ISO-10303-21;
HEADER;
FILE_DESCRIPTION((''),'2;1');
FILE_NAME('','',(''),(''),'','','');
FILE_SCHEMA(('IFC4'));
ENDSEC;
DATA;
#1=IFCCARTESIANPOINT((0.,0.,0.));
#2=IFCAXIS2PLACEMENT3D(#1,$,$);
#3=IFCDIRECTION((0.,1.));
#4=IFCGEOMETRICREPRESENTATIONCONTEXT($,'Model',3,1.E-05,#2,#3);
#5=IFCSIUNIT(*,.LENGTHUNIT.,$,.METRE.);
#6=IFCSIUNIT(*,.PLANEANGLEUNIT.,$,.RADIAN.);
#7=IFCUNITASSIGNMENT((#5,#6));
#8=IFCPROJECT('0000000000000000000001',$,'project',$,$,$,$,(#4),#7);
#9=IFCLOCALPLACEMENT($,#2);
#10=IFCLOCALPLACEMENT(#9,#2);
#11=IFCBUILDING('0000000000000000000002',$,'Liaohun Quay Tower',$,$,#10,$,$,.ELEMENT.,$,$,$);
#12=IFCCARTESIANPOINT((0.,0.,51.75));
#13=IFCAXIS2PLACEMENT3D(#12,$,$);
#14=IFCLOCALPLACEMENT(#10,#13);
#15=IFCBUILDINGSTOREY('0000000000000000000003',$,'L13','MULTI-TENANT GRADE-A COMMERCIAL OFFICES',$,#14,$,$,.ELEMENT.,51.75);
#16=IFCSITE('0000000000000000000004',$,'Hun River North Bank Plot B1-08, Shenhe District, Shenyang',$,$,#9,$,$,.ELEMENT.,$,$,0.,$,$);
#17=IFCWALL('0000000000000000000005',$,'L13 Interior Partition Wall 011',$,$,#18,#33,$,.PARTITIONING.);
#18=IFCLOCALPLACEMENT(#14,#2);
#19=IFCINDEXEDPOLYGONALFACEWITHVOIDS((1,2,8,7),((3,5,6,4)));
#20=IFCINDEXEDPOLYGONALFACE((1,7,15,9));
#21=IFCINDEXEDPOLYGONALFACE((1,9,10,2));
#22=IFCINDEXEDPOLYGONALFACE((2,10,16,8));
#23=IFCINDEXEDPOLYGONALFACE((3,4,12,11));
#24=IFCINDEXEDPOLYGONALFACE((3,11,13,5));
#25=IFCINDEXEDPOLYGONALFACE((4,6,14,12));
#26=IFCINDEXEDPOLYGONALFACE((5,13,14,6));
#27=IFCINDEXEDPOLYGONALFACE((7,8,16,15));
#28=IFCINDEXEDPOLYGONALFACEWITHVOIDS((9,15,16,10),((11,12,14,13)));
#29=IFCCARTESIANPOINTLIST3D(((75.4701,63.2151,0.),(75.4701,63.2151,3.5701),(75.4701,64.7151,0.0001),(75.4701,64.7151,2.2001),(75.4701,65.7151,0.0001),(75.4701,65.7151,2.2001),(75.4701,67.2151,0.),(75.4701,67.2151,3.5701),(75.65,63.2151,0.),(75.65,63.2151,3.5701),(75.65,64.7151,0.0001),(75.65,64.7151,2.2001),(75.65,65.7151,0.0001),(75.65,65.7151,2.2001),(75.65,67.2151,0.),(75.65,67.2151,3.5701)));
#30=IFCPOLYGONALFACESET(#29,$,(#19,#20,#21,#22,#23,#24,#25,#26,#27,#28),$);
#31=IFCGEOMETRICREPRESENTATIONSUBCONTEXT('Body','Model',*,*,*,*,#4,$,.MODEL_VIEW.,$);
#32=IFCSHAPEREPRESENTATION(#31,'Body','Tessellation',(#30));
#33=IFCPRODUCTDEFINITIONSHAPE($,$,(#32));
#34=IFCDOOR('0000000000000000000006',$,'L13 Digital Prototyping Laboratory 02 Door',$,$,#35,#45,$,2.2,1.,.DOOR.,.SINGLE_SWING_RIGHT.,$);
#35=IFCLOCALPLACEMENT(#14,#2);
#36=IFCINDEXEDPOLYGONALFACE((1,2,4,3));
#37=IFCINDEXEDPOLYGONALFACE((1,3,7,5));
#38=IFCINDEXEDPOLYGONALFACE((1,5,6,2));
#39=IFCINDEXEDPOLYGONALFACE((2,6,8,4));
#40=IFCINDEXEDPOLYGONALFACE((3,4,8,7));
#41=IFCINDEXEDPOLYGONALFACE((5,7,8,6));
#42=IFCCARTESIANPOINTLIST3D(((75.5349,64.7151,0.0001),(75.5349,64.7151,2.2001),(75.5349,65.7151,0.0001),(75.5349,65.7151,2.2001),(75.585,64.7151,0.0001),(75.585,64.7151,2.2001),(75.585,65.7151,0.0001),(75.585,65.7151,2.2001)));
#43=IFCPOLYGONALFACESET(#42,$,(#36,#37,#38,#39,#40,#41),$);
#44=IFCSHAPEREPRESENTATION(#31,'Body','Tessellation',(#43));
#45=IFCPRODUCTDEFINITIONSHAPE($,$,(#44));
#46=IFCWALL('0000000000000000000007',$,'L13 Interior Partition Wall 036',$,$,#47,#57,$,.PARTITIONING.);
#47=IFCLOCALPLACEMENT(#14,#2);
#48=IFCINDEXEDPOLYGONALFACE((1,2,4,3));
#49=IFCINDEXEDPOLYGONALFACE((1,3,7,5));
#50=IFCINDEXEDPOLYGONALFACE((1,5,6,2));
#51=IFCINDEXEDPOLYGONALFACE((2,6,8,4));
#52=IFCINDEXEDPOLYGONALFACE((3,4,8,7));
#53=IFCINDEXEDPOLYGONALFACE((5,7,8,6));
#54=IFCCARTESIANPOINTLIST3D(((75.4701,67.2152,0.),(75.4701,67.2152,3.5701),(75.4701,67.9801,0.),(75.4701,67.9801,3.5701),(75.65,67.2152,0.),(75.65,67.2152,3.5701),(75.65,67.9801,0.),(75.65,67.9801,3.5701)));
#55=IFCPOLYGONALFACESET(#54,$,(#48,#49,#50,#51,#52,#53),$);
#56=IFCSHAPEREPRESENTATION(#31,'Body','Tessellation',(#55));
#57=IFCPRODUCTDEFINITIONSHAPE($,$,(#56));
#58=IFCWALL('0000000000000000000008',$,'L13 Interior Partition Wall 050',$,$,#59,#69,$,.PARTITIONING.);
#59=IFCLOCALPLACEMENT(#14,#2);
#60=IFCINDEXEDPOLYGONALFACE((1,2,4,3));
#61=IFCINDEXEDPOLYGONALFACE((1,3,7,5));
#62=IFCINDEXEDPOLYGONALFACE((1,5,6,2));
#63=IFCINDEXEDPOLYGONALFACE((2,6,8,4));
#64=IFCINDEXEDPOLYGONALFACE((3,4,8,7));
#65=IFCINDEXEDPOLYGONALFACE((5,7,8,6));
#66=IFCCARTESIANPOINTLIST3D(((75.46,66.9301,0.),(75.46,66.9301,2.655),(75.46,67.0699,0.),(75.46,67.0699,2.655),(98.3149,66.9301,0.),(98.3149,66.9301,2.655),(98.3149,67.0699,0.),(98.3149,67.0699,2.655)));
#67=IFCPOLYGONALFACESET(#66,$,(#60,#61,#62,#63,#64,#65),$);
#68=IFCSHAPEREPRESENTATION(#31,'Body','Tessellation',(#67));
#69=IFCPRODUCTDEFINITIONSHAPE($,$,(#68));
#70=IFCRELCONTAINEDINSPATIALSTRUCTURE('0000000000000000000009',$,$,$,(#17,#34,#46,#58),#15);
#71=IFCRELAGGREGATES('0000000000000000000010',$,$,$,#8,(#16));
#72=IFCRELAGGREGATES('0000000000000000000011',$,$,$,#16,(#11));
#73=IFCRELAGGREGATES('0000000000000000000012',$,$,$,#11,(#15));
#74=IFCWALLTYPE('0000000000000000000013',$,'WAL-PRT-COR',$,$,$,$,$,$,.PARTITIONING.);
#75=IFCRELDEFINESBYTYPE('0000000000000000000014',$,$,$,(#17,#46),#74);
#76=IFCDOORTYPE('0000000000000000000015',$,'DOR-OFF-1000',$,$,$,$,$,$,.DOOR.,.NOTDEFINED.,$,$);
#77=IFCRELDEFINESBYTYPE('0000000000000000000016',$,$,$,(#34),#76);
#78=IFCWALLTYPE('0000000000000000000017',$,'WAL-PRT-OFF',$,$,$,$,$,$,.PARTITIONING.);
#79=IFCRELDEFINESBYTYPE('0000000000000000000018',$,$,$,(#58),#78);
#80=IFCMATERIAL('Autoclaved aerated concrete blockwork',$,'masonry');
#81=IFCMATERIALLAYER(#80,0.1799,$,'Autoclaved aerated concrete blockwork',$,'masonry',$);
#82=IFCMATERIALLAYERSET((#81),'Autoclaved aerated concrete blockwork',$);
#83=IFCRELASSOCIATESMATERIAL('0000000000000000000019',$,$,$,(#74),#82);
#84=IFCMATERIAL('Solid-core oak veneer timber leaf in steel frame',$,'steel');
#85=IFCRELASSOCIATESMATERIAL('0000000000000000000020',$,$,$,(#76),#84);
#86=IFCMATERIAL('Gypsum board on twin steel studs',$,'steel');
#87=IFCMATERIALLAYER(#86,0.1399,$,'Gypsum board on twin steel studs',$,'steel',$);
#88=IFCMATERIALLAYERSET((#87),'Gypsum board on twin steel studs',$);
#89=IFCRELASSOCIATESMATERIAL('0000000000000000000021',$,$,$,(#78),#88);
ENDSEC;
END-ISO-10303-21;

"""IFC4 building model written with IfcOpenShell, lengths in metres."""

from ifc_helpers import new_model, si_unit, direction, frame, frame_2d, origin, place, context, subcontext, project, spatial, rectangle, extrude, source, transform, mapped, material, layer, layer_set, type_object, element, fill, save


model = new_model("IFC4")

# Units and contexts
model_context = context("Model", 3, precision=1e-05, world=origin(), true_north=direction((0.0, 1.0)))
body_context = subcontext(model_context, "Body", "Model", "MODEL_VIEW")
ifc_project = project(units=[si_unit("LENGTHUNIT", "METRE"), si_unit("PLANEANGLEUNIT", "RADIAN")], contexts=[model_context])

# Site, building, storey
site_placement = place(None, origin())
site = spatial("IfcSite", under=ifc_project, at=site_placement, Name="Hun River North Bank Plot B1-08, Shenhe District, Shenyang", CompositionType="ELEMENT", RefElevation=0.0)
building_placement = place(site_placement, origin())
building = spatial("IfcBuilding", under=site, at=building_placement, Name="Liaohun Quay Tower", CompositionType="ELEMENT")
storey_placement = place(building_placement, frame((0.0, 0.0, 51.75)))
storey = spatial("IfcBuildingStorey", under=building, at=storey_placement, Name="L13", Description="MULTI-TENANT GRADE-A COMMERCIAL OFFICES", CompositionType="ELEMENT", Elevation=51.75)

# Wall, opening, door
ifc_material_1 = material(Name="Autoclaved aerated concrete blockwork", Category="masonry")
ifc_layer_1 = layer(ifc_material_1, 0.1799, Name="Autoclaved aerated concrete blockwork", Category="masonry")
ifc_layer_set_1 = layer_set([ifc_layer_1], Name="Autoclaved aerated concrete blockwork")
wall_type_1 = type_object("IfcWallType", Name="WAL-PRT-COR", PredefinedType="PARTITIONING", material=ifc_layer_set_1)
wall_1_placement = place(storey_placement, frame((75.5601, 67.2151, 0.0), z_axis=(0.0, 0.0, 1.0), x_axis=(0.0, -1.0, 0.0)))
wall_1 = element("IfcWall", 1, at=wall_1_placement, inside=storey, type_object=wall_type_1, Name="L13 Interior Partition Wall 011", PredefinedType="PARTITIONING", context=body_context, shape_type="SweptSolid", body=[
    extrude(rectangle(XDim=4.0, YDim=0.1799, at=frame_2d((2.0, 0.0))), origin(), (0.0, 0.0, 1.0), 3.5701),
])
shared_shape_1 = source(origin(), body_context, "Body", "SweptSolid", [
    extrude(rectangle(XDim=1.0, YDim=2.2, at=frame_2d((0.5, 1.1001))), frame((0.0, 0.0999, 0.0), z_axis=(0.0, -1.0, 0.0), x_axis=(1.0, 0.0, 0.0)), (0.0, 0.0, 1.0), 0.2),
])
opening_1_placement = place(wall_1_placement, frame((1.5, 0.0, 0.0)))
opening_1 = element("IfcOpeningElement", 2, at=opening_1_placement, cuts=wall_1, PredefinedType="OPENING", context=body_context, shape_type="MappedRepresentation", body=[
    mapped(shared_shape_1, transform((0.0, 0.0, 0.0), x_axis=(1.0, 0.0, 0.0), y_axis=(0.0, 1.0, 0.0), z_axis=(0.0, 0.0, 1.0), scale=1.0)),
])
ifc_material_2 = material(Name="Solid-core oak veneer timber leaf in steel frame", Category="steel")
door_type_1 = type_object("IfcDoorType", Name="DOR-OFF-1000", OperationType="NOTDEFINED", PredefinedType="DOOR", material=ifc_material_2)
shared_shape_2 = source(origin(), body_context, "Body", "SweptSolid", [
    extrude(rectangle(XDim=1.0, YDim=2.2, at=frame_2d((0.5, 1.1001))), frame((0.0, 0.0249, 0.0), z_axis=(0.0, -1.0, 0.0), x_axis=(1.0, 0.0, 0.0)), (0.0, 0.0, 1.0), 0.05),
])
door_1_placement = place(opening_1_placement, origin())
door_1 = element("IfcDoor", 3, at=door_1_placement, inside=storey, type_object=door_type_1, Name="L13 Digital Prototyping Laboratory 02 Door", OperationType="SINGLE_SWING_RIGHT", OverallHeight=2.2, OverallWidth=1.0, PredefinedType="DOOR", context=body_context, shape_type="MappedRepresentation", body=[
    mapped(shared_shape_2, transform((0.0, 0.0, 0.0), x_axis=(1.0, 0.0, 0.0), y_axis=(0.0, 1.0, 0.0), z_axis=(0.0, 0.0, 1.0), scale=1.0)),
])
fill(opening_1, door_1)

# Walls
wall_2_placement = place(storey_placement, frame((75.5601, 67.98, 0.0), z_axis=(0.0, 0.0, 1.0), x_axis=(0.0, -1.0, 0.0)))
element("IfcWall", 4, at=wall_2_placement, inside=storey, type_object=wall_type_1, Name="L13 Interior Partition Wall 036", PredefinedType="PARTITIONING", context=body_context, shape_type="SweptSolid", body=[
    extrude(rectangle(XDim=0.7649, YDim=0.1799, at=frame_2d((0.3823, 0.0))), origin(), (0.0, 0.0, 1.0), 3.5701),
])
ifc_material_3 = material(Name="Gypsum board on twin steel studs", Category="steel")
ifc_layer_2 = layer(ifc_material_3, 0.1399, Name="Gypsum board on twin steel studs", Category="steel")
ifc_layer_set_2 = layer_set([ifc_layer_2], Name="Gypsum board on twin steel studs")
wall_type_2 = type_object("IfcWallType", Name="WAL-PRT-OFF", PredefinedType="PARTITIONING", material=ifc_layer_set_2)
wall_3_placement = place(storey_placement, frame((75.46, 67.0, 0.0), z_axis=(0.0, 0.0, 1.0), x_axis=(1.0, 0.0, 0.0)))
element("IfcWall", 5, at=wall_3_placement, inside=storey, type_object=wall_type_2, Name="L13 Interior Partition Wall 050", PredefinedType="PARTITIONING", context=body_context, shape_type="SweptSolid", body=[
    extrude(rectangle(XDim=22.855, YDim=0.1399, at=frame_2d((11.4275, 0.0))), origin(), (0.0, 0.0, 1.0), 2.655),
])

save(model, "model.ifc")
